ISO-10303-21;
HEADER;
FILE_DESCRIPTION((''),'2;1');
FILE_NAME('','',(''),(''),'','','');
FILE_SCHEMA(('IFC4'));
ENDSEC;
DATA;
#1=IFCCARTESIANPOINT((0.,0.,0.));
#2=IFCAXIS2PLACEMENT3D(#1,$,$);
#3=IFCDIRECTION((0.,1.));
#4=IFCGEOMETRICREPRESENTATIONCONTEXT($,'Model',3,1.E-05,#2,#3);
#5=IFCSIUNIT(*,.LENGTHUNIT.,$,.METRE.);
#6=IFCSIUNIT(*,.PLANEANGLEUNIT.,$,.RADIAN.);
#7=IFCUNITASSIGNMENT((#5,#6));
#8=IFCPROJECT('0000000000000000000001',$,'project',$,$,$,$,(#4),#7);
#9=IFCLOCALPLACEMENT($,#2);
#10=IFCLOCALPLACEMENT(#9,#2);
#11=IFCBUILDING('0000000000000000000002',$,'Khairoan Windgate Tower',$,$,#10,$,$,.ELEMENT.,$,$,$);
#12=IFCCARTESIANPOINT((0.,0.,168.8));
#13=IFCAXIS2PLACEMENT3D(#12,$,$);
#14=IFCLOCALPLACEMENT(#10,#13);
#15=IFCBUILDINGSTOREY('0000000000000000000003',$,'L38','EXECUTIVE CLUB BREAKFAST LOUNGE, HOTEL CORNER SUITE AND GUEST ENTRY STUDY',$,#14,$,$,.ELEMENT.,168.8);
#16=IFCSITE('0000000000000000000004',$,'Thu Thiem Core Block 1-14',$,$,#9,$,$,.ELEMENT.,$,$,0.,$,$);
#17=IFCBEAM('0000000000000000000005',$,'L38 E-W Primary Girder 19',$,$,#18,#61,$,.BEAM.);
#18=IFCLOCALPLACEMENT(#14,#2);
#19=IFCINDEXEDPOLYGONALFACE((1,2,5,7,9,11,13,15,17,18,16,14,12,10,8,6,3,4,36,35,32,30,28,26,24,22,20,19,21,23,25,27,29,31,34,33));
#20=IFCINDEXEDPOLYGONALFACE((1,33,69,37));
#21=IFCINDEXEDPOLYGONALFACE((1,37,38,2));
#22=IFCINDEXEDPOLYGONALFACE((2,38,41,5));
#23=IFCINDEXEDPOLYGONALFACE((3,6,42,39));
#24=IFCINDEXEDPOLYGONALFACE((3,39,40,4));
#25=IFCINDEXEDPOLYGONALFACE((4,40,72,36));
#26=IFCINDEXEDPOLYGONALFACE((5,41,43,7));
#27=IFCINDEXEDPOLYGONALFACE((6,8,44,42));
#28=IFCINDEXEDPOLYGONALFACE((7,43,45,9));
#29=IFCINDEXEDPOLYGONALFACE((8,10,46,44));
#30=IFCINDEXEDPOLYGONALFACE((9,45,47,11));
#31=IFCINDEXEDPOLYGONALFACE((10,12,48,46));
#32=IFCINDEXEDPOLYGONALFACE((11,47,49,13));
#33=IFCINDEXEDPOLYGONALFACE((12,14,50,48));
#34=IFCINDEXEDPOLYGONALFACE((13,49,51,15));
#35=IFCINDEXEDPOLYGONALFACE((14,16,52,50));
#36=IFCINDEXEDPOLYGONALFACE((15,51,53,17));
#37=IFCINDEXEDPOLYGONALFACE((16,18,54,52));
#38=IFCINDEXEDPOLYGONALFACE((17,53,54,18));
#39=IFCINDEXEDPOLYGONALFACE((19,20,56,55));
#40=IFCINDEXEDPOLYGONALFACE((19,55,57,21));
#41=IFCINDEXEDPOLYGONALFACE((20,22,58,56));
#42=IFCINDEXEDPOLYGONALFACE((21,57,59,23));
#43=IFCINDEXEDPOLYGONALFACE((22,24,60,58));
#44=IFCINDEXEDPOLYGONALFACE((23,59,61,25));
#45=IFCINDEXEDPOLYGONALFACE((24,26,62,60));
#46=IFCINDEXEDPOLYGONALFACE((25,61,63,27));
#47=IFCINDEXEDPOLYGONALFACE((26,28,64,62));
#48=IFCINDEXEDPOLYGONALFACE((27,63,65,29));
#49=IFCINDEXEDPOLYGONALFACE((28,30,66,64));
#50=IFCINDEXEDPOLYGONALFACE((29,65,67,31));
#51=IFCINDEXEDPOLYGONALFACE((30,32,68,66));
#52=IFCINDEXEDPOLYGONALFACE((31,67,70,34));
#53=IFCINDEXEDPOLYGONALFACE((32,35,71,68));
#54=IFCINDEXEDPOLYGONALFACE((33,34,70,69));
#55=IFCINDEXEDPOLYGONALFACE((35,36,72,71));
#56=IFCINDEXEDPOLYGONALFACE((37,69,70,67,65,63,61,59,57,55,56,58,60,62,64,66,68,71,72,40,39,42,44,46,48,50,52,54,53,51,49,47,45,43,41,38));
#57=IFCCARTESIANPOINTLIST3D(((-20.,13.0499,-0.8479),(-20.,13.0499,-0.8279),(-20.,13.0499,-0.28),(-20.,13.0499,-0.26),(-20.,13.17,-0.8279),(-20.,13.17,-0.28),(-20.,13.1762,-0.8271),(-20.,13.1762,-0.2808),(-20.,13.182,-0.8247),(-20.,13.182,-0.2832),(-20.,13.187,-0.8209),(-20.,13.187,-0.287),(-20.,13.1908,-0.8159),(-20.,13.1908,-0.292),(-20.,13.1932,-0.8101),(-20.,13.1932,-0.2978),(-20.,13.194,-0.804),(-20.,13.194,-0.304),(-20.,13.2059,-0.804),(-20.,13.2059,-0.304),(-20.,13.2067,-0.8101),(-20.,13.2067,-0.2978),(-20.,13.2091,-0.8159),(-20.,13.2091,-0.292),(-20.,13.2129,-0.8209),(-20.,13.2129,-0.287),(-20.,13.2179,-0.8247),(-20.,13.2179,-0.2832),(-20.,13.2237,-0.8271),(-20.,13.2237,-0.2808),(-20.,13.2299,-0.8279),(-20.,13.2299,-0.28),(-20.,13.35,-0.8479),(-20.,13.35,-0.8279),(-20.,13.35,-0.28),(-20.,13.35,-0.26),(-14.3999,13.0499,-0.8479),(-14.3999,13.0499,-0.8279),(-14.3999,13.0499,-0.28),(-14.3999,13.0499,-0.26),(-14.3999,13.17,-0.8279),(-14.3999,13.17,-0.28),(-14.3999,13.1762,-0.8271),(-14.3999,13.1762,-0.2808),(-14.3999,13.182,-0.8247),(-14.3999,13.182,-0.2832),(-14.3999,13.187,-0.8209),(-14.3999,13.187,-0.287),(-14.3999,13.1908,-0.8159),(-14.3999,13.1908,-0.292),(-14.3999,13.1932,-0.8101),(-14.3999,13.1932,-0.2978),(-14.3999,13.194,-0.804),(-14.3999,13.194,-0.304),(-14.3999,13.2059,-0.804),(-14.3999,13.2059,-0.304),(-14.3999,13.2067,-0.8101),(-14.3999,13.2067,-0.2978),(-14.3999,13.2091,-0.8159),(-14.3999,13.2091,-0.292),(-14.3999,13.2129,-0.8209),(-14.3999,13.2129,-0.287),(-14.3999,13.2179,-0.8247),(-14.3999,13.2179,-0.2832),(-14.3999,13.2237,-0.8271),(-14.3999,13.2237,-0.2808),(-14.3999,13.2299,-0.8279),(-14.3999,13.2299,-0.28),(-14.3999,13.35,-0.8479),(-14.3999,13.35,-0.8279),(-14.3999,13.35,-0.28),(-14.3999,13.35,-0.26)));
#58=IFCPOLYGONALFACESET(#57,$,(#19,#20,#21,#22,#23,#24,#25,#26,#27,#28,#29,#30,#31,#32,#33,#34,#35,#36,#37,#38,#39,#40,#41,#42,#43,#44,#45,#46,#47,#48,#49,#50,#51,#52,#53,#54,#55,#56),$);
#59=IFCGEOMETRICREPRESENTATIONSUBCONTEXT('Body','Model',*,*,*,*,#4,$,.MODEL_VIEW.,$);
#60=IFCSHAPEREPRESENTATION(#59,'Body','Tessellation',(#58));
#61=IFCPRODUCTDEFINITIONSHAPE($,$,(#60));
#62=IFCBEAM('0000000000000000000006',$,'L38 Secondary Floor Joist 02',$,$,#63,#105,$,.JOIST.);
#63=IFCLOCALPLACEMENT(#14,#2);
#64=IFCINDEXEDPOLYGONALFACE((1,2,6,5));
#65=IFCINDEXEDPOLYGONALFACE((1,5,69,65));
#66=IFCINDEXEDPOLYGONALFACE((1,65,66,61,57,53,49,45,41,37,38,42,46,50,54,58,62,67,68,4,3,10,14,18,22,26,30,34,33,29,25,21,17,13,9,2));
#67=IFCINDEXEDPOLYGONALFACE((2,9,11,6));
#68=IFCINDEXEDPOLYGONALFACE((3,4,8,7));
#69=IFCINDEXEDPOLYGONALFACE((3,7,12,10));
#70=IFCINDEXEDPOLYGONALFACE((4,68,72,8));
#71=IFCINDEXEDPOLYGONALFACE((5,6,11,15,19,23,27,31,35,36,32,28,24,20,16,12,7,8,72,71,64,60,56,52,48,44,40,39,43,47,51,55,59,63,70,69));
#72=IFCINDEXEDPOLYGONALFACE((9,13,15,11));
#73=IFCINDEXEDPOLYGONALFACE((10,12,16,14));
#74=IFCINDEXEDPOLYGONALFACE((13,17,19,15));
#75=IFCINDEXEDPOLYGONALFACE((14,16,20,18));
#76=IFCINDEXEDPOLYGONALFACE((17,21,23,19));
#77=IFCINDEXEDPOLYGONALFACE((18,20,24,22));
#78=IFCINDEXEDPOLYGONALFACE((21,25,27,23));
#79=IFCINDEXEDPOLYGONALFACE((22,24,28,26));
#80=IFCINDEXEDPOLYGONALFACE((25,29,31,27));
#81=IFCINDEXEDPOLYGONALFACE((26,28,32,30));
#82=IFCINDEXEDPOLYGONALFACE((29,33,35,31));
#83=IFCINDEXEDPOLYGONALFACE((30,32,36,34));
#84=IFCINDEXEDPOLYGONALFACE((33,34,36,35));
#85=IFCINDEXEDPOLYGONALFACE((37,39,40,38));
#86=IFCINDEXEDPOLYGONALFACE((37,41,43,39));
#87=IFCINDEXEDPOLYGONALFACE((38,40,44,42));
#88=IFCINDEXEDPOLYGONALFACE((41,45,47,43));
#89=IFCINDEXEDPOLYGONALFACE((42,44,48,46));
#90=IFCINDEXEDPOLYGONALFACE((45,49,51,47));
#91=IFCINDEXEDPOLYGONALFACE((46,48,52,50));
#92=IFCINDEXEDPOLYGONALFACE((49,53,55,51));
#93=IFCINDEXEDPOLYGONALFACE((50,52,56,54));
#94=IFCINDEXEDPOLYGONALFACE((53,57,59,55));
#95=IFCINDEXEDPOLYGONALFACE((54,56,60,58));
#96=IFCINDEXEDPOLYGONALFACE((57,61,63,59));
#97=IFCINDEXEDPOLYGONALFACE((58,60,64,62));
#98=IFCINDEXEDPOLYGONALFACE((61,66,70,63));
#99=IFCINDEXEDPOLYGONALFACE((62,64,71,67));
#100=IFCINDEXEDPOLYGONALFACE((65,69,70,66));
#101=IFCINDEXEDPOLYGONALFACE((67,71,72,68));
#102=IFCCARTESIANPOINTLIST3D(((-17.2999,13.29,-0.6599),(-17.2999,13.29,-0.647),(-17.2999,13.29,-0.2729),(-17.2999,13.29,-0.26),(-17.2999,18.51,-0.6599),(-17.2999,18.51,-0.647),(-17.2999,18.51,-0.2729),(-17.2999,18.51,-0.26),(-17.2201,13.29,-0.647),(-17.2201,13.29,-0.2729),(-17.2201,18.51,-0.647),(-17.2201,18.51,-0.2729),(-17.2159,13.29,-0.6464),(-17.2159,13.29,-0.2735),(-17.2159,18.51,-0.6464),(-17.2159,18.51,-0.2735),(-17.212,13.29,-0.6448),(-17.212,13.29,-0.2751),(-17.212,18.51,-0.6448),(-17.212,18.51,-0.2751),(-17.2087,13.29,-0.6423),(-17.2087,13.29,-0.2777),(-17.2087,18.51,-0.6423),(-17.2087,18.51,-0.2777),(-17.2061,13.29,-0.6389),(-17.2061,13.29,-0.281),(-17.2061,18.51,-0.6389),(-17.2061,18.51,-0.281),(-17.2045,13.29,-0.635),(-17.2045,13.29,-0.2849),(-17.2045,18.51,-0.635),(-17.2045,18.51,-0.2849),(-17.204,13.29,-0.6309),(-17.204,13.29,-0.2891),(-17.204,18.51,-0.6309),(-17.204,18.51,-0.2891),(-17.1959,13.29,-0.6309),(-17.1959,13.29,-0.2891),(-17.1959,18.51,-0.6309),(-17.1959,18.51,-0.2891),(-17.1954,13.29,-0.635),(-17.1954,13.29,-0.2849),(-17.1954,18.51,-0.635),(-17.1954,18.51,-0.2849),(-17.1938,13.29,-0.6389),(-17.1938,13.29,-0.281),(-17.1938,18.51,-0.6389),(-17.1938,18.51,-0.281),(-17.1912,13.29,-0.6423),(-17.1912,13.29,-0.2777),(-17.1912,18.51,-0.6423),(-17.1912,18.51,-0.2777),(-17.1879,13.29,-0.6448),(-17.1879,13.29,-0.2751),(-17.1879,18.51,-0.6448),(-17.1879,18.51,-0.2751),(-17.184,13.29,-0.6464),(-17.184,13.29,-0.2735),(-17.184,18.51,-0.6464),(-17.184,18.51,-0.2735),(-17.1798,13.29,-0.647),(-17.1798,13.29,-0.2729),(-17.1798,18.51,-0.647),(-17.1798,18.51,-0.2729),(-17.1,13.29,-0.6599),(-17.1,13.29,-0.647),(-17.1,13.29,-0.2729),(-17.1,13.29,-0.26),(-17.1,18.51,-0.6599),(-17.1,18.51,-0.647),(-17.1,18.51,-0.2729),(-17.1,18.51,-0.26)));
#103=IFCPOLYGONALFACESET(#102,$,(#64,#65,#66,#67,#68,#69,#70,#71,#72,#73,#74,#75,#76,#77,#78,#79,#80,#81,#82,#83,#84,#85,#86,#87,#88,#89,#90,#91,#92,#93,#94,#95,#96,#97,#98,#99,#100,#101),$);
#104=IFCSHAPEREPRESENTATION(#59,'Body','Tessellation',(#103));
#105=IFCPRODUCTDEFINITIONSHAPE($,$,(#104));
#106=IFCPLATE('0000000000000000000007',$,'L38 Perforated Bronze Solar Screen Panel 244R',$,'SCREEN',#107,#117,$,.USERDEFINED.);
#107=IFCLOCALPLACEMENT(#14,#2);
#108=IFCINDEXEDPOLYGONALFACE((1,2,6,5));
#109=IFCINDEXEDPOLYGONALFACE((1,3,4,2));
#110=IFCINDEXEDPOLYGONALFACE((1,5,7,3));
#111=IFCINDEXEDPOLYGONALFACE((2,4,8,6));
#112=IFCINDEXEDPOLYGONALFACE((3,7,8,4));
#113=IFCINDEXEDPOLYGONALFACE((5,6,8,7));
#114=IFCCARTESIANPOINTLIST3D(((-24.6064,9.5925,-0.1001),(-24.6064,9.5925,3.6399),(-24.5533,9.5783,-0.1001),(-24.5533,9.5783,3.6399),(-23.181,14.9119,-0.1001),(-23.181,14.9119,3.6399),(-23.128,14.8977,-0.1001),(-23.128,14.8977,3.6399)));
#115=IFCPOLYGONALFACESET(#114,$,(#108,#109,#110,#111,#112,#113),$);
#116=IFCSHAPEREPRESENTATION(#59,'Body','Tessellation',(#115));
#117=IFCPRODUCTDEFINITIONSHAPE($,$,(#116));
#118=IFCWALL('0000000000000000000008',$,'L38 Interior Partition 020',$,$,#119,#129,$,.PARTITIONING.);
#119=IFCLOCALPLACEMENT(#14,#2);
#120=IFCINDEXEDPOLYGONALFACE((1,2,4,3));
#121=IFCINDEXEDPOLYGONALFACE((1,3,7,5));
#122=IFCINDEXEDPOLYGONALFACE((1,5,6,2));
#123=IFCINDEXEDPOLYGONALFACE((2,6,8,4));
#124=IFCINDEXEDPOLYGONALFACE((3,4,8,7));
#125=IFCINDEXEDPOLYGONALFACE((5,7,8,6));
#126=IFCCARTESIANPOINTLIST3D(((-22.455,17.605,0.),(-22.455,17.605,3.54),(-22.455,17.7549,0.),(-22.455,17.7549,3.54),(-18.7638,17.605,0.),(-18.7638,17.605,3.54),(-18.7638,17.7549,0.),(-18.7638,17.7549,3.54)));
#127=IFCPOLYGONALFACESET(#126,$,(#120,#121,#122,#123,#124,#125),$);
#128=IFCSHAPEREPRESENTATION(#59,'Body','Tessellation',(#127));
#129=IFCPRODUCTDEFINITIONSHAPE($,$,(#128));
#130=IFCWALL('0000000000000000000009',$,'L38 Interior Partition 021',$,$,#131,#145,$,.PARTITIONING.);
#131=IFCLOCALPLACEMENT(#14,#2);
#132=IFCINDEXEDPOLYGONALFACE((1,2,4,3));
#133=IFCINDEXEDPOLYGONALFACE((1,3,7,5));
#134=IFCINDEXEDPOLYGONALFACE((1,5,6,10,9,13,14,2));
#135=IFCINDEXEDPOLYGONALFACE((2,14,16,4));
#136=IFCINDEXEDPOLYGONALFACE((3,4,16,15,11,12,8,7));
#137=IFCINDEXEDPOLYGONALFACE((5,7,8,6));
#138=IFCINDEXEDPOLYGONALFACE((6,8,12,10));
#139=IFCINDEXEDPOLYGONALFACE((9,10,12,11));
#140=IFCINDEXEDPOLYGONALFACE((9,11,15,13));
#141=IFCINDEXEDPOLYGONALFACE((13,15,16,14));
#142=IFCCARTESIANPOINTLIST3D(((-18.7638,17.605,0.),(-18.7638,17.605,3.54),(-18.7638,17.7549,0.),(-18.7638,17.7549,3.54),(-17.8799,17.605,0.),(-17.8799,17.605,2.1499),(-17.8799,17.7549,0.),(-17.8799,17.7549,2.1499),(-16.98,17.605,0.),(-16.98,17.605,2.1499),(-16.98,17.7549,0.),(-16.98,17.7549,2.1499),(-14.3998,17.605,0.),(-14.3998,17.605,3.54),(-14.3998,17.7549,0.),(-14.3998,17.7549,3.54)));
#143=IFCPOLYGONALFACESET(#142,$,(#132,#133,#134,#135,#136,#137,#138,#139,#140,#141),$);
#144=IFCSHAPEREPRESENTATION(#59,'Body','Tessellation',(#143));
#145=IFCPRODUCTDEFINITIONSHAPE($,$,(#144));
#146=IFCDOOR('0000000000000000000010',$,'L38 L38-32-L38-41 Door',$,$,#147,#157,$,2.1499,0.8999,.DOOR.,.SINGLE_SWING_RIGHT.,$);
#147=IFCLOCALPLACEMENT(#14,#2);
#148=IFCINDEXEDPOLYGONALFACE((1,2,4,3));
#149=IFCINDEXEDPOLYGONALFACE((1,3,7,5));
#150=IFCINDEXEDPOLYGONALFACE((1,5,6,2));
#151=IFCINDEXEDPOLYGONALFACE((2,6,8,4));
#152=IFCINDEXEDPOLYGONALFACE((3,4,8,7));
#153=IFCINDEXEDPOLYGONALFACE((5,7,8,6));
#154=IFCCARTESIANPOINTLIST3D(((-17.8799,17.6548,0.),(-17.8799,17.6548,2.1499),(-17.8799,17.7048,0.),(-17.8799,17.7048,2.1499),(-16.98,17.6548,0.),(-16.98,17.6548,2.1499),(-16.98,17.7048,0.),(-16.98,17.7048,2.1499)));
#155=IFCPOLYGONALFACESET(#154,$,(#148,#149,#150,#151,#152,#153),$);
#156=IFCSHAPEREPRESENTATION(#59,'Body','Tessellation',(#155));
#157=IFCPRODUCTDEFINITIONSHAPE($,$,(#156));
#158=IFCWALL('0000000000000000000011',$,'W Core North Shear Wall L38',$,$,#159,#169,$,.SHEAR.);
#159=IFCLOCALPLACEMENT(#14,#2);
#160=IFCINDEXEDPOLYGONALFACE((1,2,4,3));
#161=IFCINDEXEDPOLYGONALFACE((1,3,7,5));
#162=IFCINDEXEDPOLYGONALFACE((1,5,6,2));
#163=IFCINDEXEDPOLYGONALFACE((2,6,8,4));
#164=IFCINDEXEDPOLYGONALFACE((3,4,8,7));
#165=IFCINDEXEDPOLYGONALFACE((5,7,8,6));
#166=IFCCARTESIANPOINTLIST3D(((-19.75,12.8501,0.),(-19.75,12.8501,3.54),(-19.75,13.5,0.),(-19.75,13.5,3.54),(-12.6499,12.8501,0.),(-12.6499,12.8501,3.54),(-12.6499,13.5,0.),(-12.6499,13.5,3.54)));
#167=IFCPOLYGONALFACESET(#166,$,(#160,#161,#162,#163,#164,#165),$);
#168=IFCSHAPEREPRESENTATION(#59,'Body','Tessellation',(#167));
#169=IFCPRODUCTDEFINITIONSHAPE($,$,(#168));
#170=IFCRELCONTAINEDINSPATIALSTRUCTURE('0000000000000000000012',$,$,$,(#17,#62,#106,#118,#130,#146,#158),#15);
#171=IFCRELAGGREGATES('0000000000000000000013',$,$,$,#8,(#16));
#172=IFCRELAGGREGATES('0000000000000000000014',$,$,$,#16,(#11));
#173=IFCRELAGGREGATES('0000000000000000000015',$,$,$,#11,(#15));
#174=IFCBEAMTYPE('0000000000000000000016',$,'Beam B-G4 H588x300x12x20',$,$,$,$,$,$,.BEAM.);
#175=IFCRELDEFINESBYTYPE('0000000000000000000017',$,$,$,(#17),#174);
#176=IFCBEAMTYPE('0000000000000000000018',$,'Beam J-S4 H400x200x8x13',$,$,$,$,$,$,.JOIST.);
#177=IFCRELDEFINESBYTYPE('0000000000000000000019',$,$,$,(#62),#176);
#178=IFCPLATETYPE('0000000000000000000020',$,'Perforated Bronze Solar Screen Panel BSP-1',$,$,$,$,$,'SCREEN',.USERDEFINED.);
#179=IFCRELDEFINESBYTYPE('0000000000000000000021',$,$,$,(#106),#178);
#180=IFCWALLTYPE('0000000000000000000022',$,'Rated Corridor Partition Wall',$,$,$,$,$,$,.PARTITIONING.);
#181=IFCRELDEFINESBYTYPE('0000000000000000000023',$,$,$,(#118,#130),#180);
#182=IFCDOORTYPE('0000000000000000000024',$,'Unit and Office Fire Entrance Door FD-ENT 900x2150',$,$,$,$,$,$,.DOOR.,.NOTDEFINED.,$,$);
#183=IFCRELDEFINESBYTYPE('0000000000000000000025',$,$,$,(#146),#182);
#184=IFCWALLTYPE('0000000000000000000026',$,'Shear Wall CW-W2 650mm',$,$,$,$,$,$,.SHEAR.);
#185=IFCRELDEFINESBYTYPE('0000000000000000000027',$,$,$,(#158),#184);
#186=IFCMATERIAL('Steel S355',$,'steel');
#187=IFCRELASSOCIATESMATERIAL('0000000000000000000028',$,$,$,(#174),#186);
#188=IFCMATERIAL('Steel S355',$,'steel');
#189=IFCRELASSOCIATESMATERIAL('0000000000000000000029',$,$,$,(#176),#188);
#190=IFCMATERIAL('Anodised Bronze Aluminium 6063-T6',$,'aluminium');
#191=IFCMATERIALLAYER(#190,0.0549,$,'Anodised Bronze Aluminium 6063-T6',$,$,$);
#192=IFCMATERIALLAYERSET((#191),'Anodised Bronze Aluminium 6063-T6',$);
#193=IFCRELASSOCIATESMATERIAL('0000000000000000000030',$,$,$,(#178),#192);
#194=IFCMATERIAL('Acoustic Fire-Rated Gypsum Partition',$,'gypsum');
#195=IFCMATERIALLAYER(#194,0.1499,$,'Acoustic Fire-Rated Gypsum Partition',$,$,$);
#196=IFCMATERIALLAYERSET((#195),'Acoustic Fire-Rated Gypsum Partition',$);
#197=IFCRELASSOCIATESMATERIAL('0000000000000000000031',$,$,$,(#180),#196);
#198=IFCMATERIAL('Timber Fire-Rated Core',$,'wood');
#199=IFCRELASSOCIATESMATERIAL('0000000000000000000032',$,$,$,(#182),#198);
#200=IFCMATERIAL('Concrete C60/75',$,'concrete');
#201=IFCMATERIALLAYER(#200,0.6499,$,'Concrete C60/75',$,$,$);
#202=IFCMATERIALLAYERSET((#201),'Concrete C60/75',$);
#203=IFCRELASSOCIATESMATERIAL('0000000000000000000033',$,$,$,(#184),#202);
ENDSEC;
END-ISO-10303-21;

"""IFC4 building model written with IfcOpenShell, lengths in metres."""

from ifc_helpers import new_model, si_unit, direction, frame, frame_2d, origin, origin_2d, place, context, subcontext, project, spatial, rectangle, i_section, extrude, material, layer, layer_set, material_profile, profile_set, type_object, element, fill, save


model = new_model("IFC4")

# Units and contexts
model_context = context("Model", 3, precision=1e-05, world=origin(), true_north=direction((0.0, 1.0)))
body_context = subcontext(model_context, "Body", "Model", "MODEL_VIEW")
ifc_project = project(units=[si_unit("LENGTHUNIT", "METRE"), si_unit("PLANEANGLEUNIT", "RADIAN")], contexts=[model_context])

# Site, building, storey
site_placement = place(None, origin())
site = spatial("IfcSite", under=ifc_project, at=site_placement, Name="Thu Thiem Core Block 1-14", CompositionType="ELEMENT", RefElevation=0.0)
building_placement = place(site_placement, origin())
building = spatial("IfcBuilding", under=site, at=building_placement, Name="Khairoan Windgate Tower", CompositionType="ELEMENT")
storey_placement = place(building_placement, frame((0.0, 0.0, 168.8)))
storey = spatial("IfcBuildingStorey", under=building, at=storey_placement, Name="L38", Description="EXECUTIVE CLUB BREAKFAST LOUNGE, HOTEL CORNER SUITE AND GUEST ENTRY STUDY", CompositionType="ELEMENT", Elevation=168.8)

# Beams
ifc_material_1 = material(Name="Steel S355", Category="steel")
ifc_material_profile_1 = material_profile(ifc_material_1, i_section(OverallWidth=0.3, OverallDepth=0.5879, WebThickness=0.012, FlangeThickness=0.02, FilletRadius=0.0239, at=origin_2d()))
ifc_profile_set_1 = profile_set([ifc_material_profile_1], Name="Steel S355")
beam_type_1 = type_object("IfcBeamType", Name="Beam B-G4 H588x300x12x20", PredefinedType="BEAM", material=ifc_profile_set_1)
beam_1_placement = place(storey_placement, frame((-20.0, 13.2, -0.554), z_axis=(1.0, 0.0, 0.0), x_axis=(0.0, 1.0, 0.0)))
element("IfcBeam", 1, at=beam_1_placement, inside=storey, type_object=beam_type_1, Name="L38 E-W Primary Girder 19", PredefinedType="BEAM", context=body_context, shape_type="SweptSolid", body=[
    extrude(i_section(OverallWidth=0.3, OverallDepth=0.5879, WebThickness=0.012, FlangeThickness=0.02, FilletRadius=0.0239, at=origin_2d()), origin(), (0.0, 0.0, 1.0), 5.6001),
])
ifc_material_2 = material(Name="Steel S355", Category="steel")
ifc_material_profile_2 = material_profile(ifc_material_2, i_section(OverallWidth=0.2, OverallDepth=0.3999, WebThickness=0.0081, FlangeThickness=0.0129, FilletRadius=0.0161, at=origin_2d()))
ifc_profile_set_2 = profile_set([ifc_material_profile_2], Name="Steel S355")
beam_type_2 = type_object("IfcBeamType", Name="Beam J-S4 H400x200x8x13", PredefinedType="JOIST", material=ifc_profile_set_2)
beam_2_placement = place(storey_placement, frame((-17.2, 13.29, -0.46), z_axis=(0.0, 1.0, 0.0), x_axis=(-1.0, 0.0, 0.0)))
element("IfcBeam", 2, at=beam_2_placement, inside=storey, type_object=beam_type_2, Name="L38 Secondary Floor Joist 02", PredefinedType="JOIST", context=body_context, shape_type="SweptSolid", body=[
    extrude(i_section(OverallWidth=0.2, OverallDepth=0.3999, WebThickness=0.0081, FlangeThickness=0.0129, FilletRadius=0.0161, at=origin_2d()), origin(), (0.0, 0.0, 1.0), 5.22),
])

# Plate
ifc_material_3 = material(Name="Anodised Bronze Aluminium 6063-T6", Category="aluminium")
ifc_layer_1 = layer(ifc_material_3, 0.0549, Name="Anodised Bronze Aluminium 6063-T6")
ifc_layer_set_1 = layer_set([ifc_layer_1], Name="Anodised Bronze Aluminium 6063-T6")
plate_type = type_object("IfcPlateType", Name="Perforated Bronze Solar Screen Panel BSP-1", ElementType="SCREEN", PredefinedType="USERDEFINED", material=ifc_layer_set_1)
plate_placement = place(storey_placement, frame((-23.8672, 12.2451, -0.1001), z_axis=(0.0, 0.0, 1.0), x_axis=(0.258819, 0.965926, 0.0)))
element("IfcPlate", 3, at=plate_placement, inside=storey, type_object=plate_type, Name="L38 Perforated Bronze Solar Screen Panel 244R", ObjectType="SCREEN", PredefinedType="USERDEFINED", context=body_context, shape_type="SweptSolid", body=[
    extrude(rectangle(XDim=5.5071, YDim=0.0549, at=origin_2d()), origin(), (0.0, 0.0, 1.0), 3.74),
])

# Wall
ifc_material_4 = material(Name="Acoustic Fire-Rated Gypsum Partition", Category="gypsum")
ifc_layer_2 = layer(ifc_material_4, 0.1499, Name="Acoustic Fire-Rated Gypsum Partition")
ifc_layer_set_2 = layer_set([ifc_layer_2], Name="Acoustic Fire-Rated Gypsum Partition")
wall_type_1 = type_object("IfcWallType", Name="Rated Corridor Partition Wall", PredefinedType="PARTITIONING", material=ifc_layer_set_2)
wall_1_placement = place(storey_placement, frame((-22.4551, 17.6799, 0.0), z_axis=(0.0, 0.0, 1.0), x_axis=(1.0, 0.0, 0.0)))
element("IfcWall", 4, at=wall_1_placement, inside=storey, type_object=wall_type_1, Name="L38 Interior Partition 020", PredefinedType="PARTITIONING", context=body_context, shape_type="SweptSolid", body=[
    extrude(rectangle(XDim=3.6912, YDim=0.1499, at=frame_2d((1.8457, 0.0))), origin(), (0.0, 0.0, 1.0), 3.54),
])

# Wall, opening, door
wall_2_placement = place(storey_placement, frame((-18.7639, 17.6799, 0.0), z_axis=(0.0, 0.0, 1.0), x_axis=(1.0, 0.0, 0.0)))
wall_2 = element("IfcWall", 5, at=wall_2_placement, inside=storey, type_object=wall_type_1, Name="L38 Interior Partition 021", PredefinedType="PARTITIONING", context=body_context, shape_type="SweptSolid", body=[
    extrude(rectangle(XDim=4.364, YDim=0.1499, at=frame_2d((2.1821, 0.0))), origin(), (0.0, 0.0, 1.0), 3.54),
])
opening_1_placement = place(wall_2_placement, frame((0.884, 0.0, 0.0)))
opening_1 = element("IfcOpeningElement", 6, at=opening_1_placement, cuts=wall_2, PredefinedType="OPENING", context=body_context, shape_type="SweptSolid", body=[
    extrude(rectangle(XDim=0.8999, YDim=2.1499, at=frame_2d((0.45, 1.075))), frame((0.0, 0.085, 0.0), z_axis=(0.0, -1.0, 0.0), x_axis=(1.0, 0.0, 0.0)), (0.0, 0.0, 1.0), 0.1699),
])
ifc_material_5 = material(Name="Timber Fire-Rated Core", Category="wood")
door_type = type_object("IfcDoorType", Name="Unit and Office Fire Entrance Door FD-ENT 900x2150", OperationType="NOTDEFINED", PredefinedType="DOOR", material=ifc_material_5)
door_1_placement = place(opening_1_placement, origin())
door_1 = element("IfcDoor", 7, at=door_1_placement, inside=storey, type_object=door_type, Name="L38 L38-32-L38-41 Door", OperationType="SINGLE_SWING_RIGHT", OverallHeight=2.1499, OverallWidth=0.8999, PredefinedType="DOOR", context=body_context, shape_type="SweptSolid", body=[
    extrude(rectangle(XDim=0.8999, YDim=2.1499, at=frame_2d((0.45, 1.075))), frame((0.0, 0.0249, 0.0), z_axis=(0.0, -1.0, 0.0), x_axis=(1.0, 0.0, 0.0)), (0.0, 0.0, 1.0), 0.05),
])
fill(opening_1, door_1)

# Wall
ifc_material_6 = material(Name="Concrete C60/75", Category="concrete")
ifc_layer_3 = layer(ifc_material_6, 0.6499, Name="Concrete C60/75")
ifc_layer_set_3 = layer_set([ifc_layer_3], Name="Concrete C60/75")
wall_type_2 = type_object("IfcWallType", Name="Shear Wall CW-W2 650mm", PredefinedType="SHEAR", material=ifc_layer_set_3)
wall_3_placement = place(storey_placement, frame((-19.75, 13.175, 0.0), z_axis=(0.0, 0.0, 1.0), x_axis=(1.0, 0.0, 0.0)))
element("IfcWall", 8, at=wall_3_placement, inside=storey, type_object=wall_type_2, Name="W Core North Shear Wall L38", PredefinedType="SHEAR", context=body_context, shape_type="SweptSolid", body=[
    extrude(rectangle(XDim=7.1001, YDim=0.6499, at=frame_2d((3.55, 0.0))), origin(), (0.0, 0.0, 1.0), 3.54),
])

save(model, "model.ifc")
